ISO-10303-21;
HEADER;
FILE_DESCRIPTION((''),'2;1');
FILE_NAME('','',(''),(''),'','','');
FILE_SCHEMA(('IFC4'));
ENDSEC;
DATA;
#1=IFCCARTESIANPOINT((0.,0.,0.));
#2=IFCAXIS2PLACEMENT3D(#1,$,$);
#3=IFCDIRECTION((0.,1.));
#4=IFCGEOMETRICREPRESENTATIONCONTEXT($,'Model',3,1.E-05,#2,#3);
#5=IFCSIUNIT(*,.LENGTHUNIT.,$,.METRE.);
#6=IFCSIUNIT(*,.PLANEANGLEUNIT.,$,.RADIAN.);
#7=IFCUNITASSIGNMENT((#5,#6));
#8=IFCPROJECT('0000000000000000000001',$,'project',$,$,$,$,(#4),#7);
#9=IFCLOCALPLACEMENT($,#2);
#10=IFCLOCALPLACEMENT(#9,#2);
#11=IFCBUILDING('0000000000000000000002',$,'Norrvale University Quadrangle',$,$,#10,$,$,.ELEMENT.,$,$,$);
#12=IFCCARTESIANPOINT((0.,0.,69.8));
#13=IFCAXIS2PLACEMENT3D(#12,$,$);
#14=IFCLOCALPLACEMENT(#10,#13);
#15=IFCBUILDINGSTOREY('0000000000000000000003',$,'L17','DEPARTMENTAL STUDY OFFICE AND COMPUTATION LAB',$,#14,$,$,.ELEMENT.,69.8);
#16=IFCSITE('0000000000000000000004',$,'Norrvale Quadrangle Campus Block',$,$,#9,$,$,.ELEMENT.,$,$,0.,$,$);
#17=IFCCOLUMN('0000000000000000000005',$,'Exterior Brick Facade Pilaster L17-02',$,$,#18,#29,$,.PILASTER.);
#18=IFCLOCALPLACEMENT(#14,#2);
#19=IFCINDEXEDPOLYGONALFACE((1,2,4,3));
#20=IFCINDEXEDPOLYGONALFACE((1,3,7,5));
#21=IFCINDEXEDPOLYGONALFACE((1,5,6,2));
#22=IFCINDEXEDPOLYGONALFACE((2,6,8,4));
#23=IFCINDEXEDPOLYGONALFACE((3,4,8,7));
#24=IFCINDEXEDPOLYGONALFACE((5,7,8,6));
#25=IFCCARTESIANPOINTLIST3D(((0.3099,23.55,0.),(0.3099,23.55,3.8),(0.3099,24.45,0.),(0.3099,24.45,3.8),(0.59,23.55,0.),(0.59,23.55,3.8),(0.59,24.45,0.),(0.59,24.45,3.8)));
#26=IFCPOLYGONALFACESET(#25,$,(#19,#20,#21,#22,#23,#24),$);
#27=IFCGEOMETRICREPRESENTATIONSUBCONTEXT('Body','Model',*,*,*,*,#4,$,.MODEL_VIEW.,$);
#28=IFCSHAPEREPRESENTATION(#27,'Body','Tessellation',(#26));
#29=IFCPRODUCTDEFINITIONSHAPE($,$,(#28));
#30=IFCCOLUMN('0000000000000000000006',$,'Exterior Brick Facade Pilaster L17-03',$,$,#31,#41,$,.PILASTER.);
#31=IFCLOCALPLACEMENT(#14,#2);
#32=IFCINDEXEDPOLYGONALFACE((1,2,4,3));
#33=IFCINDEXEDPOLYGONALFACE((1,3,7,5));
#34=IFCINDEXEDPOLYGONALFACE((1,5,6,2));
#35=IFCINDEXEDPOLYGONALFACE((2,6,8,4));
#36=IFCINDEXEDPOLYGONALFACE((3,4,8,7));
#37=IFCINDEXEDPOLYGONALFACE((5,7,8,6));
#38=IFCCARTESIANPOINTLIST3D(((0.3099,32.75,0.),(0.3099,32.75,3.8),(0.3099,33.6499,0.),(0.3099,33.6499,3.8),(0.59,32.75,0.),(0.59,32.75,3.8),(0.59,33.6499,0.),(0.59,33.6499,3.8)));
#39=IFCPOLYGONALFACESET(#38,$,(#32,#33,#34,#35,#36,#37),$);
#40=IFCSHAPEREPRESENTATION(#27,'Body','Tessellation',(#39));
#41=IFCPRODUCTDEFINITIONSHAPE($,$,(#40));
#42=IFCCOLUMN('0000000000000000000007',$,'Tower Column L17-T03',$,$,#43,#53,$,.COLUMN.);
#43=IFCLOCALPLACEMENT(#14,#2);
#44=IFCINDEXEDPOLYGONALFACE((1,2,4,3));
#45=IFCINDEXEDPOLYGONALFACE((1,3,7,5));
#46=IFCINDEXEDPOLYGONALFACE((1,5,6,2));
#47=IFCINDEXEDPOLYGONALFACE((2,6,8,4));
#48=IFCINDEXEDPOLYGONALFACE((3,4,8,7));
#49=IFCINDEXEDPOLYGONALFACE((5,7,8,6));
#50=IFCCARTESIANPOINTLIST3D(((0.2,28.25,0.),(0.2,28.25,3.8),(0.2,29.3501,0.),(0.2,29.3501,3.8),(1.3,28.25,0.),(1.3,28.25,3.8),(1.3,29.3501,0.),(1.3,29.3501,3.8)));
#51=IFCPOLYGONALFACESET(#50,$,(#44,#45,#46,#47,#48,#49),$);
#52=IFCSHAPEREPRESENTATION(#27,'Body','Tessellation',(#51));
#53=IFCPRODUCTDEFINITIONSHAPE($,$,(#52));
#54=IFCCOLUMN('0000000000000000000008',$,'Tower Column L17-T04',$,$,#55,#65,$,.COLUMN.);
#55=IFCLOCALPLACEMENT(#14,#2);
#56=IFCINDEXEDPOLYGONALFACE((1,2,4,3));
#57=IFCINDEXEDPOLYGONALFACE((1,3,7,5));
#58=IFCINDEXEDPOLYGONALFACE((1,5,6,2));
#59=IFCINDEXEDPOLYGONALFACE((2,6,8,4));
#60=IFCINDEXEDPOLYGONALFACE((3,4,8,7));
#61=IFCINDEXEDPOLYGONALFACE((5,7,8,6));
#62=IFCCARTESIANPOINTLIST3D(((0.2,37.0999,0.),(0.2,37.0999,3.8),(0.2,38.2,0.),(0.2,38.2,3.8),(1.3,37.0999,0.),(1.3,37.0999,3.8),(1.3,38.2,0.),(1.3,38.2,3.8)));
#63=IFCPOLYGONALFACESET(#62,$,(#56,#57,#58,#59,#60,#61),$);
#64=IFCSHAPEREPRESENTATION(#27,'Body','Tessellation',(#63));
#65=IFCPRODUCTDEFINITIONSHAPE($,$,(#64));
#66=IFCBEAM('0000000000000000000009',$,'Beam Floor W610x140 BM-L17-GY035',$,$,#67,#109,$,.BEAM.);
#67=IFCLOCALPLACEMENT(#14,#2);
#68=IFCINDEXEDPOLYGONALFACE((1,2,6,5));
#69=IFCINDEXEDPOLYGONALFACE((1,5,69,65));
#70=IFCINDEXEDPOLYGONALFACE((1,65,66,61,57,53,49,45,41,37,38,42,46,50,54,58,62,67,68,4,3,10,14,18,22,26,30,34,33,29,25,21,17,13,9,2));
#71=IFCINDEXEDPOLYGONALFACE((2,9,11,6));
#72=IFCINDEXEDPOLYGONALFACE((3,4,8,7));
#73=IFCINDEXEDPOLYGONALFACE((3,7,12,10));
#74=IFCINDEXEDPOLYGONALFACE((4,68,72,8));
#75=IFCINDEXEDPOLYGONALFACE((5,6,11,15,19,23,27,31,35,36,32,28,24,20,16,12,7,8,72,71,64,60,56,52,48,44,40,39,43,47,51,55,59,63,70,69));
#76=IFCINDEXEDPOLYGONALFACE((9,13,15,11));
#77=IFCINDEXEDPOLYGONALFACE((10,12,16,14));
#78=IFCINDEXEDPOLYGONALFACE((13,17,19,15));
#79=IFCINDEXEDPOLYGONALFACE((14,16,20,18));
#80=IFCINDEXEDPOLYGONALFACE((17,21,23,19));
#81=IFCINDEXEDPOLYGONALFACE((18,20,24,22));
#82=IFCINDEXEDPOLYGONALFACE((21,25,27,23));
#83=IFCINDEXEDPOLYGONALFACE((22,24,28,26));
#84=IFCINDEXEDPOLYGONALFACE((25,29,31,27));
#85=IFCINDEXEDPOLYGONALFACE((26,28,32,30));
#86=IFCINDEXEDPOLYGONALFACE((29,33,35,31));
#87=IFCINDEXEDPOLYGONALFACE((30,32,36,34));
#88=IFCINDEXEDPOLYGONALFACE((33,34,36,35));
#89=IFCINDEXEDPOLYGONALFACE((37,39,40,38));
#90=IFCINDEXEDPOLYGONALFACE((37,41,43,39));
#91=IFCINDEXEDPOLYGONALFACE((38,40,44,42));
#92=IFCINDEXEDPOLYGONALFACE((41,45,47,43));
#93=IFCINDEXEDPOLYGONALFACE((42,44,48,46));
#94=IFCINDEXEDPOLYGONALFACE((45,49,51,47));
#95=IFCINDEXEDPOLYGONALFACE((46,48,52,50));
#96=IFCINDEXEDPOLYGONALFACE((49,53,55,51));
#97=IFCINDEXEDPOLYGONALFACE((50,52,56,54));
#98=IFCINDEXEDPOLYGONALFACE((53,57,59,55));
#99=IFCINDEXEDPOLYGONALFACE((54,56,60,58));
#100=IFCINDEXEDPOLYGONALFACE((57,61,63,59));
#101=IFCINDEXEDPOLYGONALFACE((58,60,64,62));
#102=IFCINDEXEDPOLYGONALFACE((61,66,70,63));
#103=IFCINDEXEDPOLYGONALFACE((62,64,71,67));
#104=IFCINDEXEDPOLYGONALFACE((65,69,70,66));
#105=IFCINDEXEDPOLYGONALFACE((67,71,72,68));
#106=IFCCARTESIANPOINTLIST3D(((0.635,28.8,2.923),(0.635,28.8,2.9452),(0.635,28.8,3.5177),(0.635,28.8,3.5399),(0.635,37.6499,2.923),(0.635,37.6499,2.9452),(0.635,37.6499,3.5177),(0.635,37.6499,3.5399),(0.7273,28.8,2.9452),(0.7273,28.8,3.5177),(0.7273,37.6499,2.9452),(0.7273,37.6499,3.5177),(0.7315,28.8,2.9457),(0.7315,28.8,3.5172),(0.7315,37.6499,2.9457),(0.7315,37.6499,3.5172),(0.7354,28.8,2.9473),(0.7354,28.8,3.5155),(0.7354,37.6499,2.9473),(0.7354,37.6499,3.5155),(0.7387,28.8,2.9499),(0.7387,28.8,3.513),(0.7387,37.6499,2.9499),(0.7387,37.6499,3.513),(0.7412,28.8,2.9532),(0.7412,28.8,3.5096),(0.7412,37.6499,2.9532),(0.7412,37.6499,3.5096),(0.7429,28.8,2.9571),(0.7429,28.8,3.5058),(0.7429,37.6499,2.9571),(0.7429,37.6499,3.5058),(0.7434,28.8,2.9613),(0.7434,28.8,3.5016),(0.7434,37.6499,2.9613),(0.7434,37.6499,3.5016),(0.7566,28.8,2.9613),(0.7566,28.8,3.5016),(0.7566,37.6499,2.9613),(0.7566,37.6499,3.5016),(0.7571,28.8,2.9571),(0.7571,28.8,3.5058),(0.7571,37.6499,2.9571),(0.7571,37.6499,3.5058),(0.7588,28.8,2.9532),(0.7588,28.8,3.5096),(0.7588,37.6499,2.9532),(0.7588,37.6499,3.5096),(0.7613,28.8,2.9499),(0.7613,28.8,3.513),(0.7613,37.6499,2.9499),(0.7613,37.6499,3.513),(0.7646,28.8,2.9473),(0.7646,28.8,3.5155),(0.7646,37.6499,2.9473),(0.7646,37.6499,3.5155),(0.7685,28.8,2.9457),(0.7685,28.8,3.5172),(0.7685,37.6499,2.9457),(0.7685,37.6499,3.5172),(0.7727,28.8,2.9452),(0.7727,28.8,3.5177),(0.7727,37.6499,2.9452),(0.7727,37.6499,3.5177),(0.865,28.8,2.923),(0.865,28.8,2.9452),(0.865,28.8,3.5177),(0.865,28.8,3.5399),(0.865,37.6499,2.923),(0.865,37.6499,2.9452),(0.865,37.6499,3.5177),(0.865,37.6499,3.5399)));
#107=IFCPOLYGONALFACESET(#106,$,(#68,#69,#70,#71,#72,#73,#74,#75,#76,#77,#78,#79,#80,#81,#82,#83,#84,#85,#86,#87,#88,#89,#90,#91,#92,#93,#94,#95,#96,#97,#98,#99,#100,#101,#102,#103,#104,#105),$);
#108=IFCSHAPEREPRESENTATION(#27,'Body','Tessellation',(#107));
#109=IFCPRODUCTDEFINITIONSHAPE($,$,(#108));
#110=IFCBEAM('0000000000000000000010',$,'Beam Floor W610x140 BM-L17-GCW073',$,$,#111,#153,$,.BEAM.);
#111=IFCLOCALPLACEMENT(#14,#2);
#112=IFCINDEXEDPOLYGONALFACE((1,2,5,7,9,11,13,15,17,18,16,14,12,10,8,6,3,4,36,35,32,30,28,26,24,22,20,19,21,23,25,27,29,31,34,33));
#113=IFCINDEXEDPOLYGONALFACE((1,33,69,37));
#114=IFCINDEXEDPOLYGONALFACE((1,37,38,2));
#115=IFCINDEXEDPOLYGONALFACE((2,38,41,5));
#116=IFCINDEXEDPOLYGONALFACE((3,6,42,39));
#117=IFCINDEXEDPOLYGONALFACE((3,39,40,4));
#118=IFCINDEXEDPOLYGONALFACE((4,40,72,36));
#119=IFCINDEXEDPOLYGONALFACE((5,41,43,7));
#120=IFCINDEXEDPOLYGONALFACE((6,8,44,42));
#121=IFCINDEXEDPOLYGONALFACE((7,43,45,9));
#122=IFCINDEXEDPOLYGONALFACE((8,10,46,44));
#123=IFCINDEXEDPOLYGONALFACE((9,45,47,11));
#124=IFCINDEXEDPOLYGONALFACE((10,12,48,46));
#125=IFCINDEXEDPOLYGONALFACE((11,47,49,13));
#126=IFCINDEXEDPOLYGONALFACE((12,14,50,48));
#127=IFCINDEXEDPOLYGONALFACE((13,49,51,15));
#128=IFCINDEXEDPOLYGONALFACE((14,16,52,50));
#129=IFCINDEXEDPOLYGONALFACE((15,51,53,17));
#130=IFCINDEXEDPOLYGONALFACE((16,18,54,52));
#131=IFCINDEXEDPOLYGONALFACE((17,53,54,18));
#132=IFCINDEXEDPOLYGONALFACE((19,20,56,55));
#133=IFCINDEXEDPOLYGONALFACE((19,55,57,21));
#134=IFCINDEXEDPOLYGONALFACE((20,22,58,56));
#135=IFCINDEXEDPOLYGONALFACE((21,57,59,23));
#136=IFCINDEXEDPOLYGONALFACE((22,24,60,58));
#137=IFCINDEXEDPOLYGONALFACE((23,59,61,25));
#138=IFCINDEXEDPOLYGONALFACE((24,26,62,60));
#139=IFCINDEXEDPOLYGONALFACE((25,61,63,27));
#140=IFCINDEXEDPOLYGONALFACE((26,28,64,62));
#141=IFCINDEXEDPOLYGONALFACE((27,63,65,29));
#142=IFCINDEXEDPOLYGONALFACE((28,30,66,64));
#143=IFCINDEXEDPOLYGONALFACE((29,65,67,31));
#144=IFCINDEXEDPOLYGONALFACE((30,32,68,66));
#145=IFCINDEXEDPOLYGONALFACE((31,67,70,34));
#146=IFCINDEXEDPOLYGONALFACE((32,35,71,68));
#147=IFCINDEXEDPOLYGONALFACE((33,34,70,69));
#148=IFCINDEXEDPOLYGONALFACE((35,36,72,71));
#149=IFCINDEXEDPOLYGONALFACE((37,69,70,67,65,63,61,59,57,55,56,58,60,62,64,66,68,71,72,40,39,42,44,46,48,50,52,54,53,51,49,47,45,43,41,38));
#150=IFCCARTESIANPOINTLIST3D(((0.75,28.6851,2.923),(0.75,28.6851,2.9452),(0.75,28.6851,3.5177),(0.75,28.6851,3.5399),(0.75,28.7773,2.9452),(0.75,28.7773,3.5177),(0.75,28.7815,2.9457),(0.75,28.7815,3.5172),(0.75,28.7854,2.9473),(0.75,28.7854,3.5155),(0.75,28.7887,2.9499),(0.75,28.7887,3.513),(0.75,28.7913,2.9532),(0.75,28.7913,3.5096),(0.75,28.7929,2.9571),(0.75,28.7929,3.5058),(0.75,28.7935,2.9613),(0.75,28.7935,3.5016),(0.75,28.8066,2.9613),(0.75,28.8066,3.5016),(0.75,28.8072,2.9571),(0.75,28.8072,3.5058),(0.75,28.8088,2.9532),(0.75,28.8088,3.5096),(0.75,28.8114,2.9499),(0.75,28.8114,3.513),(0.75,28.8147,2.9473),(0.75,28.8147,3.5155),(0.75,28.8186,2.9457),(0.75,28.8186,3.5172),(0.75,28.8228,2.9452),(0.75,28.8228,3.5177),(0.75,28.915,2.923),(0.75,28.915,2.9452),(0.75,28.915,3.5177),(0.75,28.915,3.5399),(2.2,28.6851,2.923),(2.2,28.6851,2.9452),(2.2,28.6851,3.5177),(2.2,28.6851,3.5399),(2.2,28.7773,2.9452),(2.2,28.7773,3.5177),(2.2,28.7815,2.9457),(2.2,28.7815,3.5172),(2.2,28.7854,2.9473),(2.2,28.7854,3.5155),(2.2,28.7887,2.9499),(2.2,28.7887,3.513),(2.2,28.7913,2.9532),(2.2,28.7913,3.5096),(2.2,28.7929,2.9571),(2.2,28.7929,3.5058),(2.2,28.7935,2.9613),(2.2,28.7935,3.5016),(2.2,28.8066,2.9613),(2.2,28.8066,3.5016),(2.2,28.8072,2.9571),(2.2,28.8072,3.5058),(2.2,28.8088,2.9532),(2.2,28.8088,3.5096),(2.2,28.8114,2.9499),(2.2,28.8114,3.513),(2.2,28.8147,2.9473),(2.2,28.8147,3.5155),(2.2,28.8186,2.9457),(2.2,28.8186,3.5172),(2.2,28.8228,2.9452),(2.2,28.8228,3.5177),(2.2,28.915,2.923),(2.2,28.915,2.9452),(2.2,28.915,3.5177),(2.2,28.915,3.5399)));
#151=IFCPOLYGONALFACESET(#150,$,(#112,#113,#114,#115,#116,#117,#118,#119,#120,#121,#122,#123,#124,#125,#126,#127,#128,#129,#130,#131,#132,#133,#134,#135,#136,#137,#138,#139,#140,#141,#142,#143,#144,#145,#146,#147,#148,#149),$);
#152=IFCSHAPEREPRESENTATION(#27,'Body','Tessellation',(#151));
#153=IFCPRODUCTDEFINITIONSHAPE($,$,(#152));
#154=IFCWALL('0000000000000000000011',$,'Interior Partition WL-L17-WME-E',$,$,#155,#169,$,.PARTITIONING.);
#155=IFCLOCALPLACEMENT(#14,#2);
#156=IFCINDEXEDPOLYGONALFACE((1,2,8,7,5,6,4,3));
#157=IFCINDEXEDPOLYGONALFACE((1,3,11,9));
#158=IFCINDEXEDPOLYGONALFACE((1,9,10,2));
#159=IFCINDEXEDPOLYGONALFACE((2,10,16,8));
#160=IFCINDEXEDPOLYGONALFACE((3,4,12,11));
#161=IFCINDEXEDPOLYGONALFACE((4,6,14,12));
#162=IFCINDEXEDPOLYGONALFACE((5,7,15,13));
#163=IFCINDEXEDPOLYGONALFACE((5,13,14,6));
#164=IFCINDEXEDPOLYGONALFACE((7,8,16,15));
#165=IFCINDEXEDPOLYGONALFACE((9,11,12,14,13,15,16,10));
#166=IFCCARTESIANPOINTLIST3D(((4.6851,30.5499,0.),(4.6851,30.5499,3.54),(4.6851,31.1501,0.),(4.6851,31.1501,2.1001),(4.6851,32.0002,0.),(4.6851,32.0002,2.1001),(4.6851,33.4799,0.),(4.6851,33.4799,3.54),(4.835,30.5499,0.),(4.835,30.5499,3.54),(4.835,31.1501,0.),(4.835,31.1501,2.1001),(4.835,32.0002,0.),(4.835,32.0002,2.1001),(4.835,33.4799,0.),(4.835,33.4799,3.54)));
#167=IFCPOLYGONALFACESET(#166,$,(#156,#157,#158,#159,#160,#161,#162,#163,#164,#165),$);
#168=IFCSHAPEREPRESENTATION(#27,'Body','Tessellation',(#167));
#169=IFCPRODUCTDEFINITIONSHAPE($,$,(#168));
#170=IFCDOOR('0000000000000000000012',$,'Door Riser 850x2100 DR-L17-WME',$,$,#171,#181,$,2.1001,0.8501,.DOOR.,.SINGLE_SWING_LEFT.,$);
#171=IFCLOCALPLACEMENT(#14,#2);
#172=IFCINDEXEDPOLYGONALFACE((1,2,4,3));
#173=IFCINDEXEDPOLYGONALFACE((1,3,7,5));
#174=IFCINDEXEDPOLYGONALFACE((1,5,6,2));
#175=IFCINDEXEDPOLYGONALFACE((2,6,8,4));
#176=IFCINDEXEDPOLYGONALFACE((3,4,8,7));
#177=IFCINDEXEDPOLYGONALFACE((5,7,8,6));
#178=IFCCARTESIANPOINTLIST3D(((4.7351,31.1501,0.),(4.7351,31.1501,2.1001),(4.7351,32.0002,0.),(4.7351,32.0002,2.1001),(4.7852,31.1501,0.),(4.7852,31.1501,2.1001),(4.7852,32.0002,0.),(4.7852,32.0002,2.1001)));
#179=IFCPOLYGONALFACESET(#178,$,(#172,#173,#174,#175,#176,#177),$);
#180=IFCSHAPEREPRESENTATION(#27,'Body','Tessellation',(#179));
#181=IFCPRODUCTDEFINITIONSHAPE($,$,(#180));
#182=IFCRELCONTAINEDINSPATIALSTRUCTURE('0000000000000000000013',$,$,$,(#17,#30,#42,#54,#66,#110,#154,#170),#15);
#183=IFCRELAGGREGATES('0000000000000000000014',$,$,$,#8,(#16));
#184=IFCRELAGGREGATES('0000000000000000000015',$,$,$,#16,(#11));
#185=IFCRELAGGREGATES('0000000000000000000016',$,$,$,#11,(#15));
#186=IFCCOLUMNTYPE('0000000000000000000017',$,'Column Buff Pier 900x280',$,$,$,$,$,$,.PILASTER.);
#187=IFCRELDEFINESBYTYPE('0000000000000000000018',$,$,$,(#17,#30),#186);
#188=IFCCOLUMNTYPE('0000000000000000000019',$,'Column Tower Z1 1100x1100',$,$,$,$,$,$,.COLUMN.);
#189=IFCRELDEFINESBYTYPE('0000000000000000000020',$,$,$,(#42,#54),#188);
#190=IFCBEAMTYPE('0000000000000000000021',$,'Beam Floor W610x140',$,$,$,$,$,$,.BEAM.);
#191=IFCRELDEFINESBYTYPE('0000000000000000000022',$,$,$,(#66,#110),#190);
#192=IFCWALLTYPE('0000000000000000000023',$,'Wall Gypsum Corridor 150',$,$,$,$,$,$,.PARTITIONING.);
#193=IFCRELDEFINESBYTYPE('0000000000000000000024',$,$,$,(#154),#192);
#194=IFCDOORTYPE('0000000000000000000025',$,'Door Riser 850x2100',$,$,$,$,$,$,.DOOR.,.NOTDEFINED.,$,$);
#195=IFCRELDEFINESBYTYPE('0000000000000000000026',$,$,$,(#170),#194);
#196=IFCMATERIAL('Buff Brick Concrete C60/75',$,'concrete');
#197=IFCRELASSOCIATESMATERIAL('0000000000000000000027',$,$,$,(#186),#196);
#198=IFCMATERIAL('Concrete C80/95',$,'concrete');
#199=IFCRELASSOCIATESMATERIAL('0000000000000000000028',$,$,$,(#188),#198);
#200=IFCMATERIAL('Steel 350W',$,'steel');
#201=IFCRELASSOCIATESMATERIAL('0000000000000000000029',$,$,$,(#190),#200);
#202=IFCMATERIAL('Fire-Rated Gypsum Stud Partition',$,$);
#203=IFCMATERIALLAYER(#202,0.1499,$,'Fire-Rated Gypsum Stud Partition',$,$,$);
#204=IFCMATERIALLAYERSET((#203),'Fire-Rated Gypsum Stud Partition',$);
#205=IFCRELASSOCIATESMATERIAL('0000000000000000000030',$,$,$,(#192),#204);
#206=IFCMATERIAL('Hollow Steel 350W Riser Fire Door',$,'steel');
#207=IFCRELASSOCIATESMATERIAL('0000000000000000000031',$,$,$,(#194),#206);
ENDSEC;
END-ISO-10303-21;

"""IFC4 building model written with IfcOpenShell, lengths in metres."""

from ifc_helpers import new_model, si_unit, direction, frame, frame_2d, origin, origin_2d, place, context, subcontext, project, spatial, rectangle, i_section, extrude, material, layer, layer_set, material_profile, profile_set, type_object, element, fill, save


model = new_model("IFC4")

# Units and contexts
model_context = context("Model", 3, precision=1e-05, world=origin(), true_north=direction((0.0, 1.0)))
body_context = subcontext(model_context, "Body", "Model", "MODEL_VIEW")
ifc_project = project(units=[si_unit("LENGTHUNIT", "METRE"), si_unit("PLANEANGLEUNIT", "RADIAN")], contexts=[model_context])

# Site, building, storey
site_placement = place(None, origin())
site = spatial("IfcSite", under=ifc_project, at=site_placement, Name="Norrvale Quadrangle Campus Block", CompositionType="ELEMENT", RefElevation=0.0)
building_placement = place(site_placement, origin())
building = spatial("IfcBuilding", under=site, at=building_placement, Name="Norrvale University Quadrangle", CompositionType="ELEMENT")
storey_placement = place(building_placement, frame((0.0, 0.0, 69.8)))
storey = spatial("IfcBuildingStorey", under=building, at=storey_placement, Name="L17", Description="DEPARTMENTAL STUDY OFFICE AND COMPUTATION LAB", CompositionType="ELEMENT", Elevation=69.8)

# Columns
ifc_material_1 = material(Name="Buff Brick Concrete C60/75", Category="concrete")
ifc_material_profile_1 = material_profile(ifc_material_1, rectangle(XDim=0.8999, YDim=0.28, at=origin_2d()), Name="Buff Brick Concrete C60/75")
ifc_profile_set_1 = profile_set([ifc_material_profile_1], Name="Buff Brick Concrete C60/75")
column_type_1 = type_object("IfcColumnType", Name="Column Buff Pier 900x280", PredefinedType="PILASTER", material=ifc_profile_set_1)
for number, where, z_axis, x_axis, name in (
    (1, (0.45, 24.0, 0.0), (0.0, 0.0, 1.0), (0.0, 1.0, 0.0), "Exterior Brick Facade Pilaster L17-02"),
    (2, (0.45, 33.2, 0.0), (0.0, 0.0, 1.0), (0.0, 1.0, 0.0), "Exterior Brick Facade Pilaster L17-03"),
):
    element("IfcColumn", number, at=place(storey_placement, frame(where, z_axis=z_axis, x_axis=x_axis)), inside=storey, type_object=column_type_1, Name=name, PredefinedType="PILASTER", context=body_context, shape_type="SweptSolid", body=[
        extrude(rectangle(XDim=0.8999, YDim=0.28, at=origin_2d()), origin(), (0.0, 0.0, 1.0), 3.8),
    ])
ifc_material_2 = material(Name="Concrete C80/95", Category="concrete")
ifc_material_profile_2 = material_profile(ifc_material_2, rectangle(XDim=1.1001, YDim=1.1001, at=origin_2d()), Name="Concrete C80/95")
ifc_profile_set_2 = profile_set([ifc_material_profile_2], Name="Concrete C80/95")
column_type_2 = type_object("IfcColumnType", Name="Column Tower Z1 1100x1100", PredefinedType="COLUMN", material=ifc_profile_set_2)
for number, where, z_axis, x_axis, name in (
    (3, (0.75, 28.8, 0.0), (0.0, 0.0, 1.0), (1.0, 0.0, 0.0), "Tower Column L17-T03"),
    (4, (0.75, 37.6499, 0.0), (0.0, 0.0, 1.0), (1.0, 0.0, 0.0), "Tower Column L17-T04"),
):
    element("IfcColumn", number, at=place(storey_placement, frame(where, z_axis=z_axis, x_axis=x_axis)), inside=storey, type_object=column_type_2, Name=name, PredefinedType="COLUMN", context=body_context, shape_type="SweptSolid", body=[
        extrude(rectangle(XDim=1.1001, YDim=1.1001, at=origin_2d()), origin(), (0.0, 0.0, 1.0), 3.8),
    ])

# Beams
ifc_material_3 = material(Name="Steel 350W", Category="steel")
ifc_material_profile_3 = material_profile(ifc_material_3, i_section(OverallWidth=0.23, OverallDepth=0.6169, WebThickness=0.0132, FlangeThickness=0.0222, FilletRadius=0.0161, at=origin_2d()), Name="Steel 350W")
ifc_profile_set_3 = profile_set([ifc_material_profile_3], Name="Steel 350W")
beam_type = type_object("IfcBeamType", Name="Beam Floor W610x140", PredefinedType="BEAM", material=ifc_profile_set_3)
beam_1_placement = place(storey_placement, frame((0.75, 28.8, 3.2314), z_axis=(0.0, 1.0, 0.0), x_axis=(-1.0, 0.0, 0.0)))
element("IfcBeam", 5, at=beam_1_placement, inside=storey, type_object=beam_type, Name="Beam Floor W610x140 BM-L17-GY035", PredefinedType="BEAM", context=body_context, shape_type="SweptSolid", body=[
    extrude(i_section(OverallWidth=0.23, OverallDepth=0.6169, WebThickness=0.0132, FlangeThickness=0.0222, FilletRadius=0.0161, at=origin_2d()), origin(), (0.0, 0.0, 1.0), 8.8499),
])
beam_2_placement = place(storey_placement, frame((0.75, 28.8, 3.2314), z_axis=(1.0, 0.0, 0.0), x_axis=(0.0, 1.0, 0.0)))
element("IfcBeam", 6, at=beam_2_placement, inside=storey, type_object=beam_type, Name="Beam Floor W610x140 BM-L17-GCW073", PredefinedType="BEAM", context=body_context, shape_type="SweptSolid", body=[
    extrude(i_section(OverallWidth=0.23, OverallDepth=0.6169, WebThickness=0.0132, FlangeThickness=0.0222, FilletRadius=0.0161, at=origin_2d()), origin(), (0.0, 0.0, 1.0), 1.45),
])

# Wall, opening, door
ifc_material_4 = material(Name="Fire-Rated Gypsum Stud Partition")
ifc_layer_1 = layer(ifc_material_4, 0.1499, Name="Fire-Rated Gypsum Stud Partition")
ifc_layer_set_1 = layer_set([ifc_layer_1], Name="Fire-Rated Gypsum Stud Partition")
wall_type_1 = type_object("IfcWallType", Name="Wall Gypsum Corridor 150", PredefinedType="PARTITIONING", material=ifc_layer_set_1)
wall_1_placement = place(storey_placement, frame((4.76, 30.55, 0.0), z_axis=(0.0, 0.0, 1.0), x_axis=(0.0, 1.0, 0.0)))
wall_1 = element("IfcWall", 7, at=wall_1_placement, inside=storey, type_object=wall_type_1, Name="Interior Partition WL-L17-WME-E", PredefinedType="PARTITIONING", context=body_context, shape_type="SweptSolid", body=[
    extrude(rectangle(XDim=2.9299, YDim=0.1499, at=frame_2d((1.4648, 0.0))), origin(), (0.0, 0.0, 1.0), 3.54),
])
opening_1_placement = place(wall_1_placement, frame((0.6001, 0.0, 0.0)))
opening_1 = element("IfcOpeningElement", 8, at=opening_1_placement, cuts=wall_1, PredefinedType="OPENING", context=body_context, shape_type="SweptSolid", body=[
    extrude(rectangle(XDim=0.8501, YDim=2.1001, at=frame_2d((0.425, 1.05))), frame((0.0, 0.0869, 0.0), z_axis=(0.0, -1.0, 0.0), x_axis=(1.0, 0.0, 0.0)), (0.0, 0.0, 1.0), 0.1738),
])
ifc_material_5 = material(Name="Hollow Steel 350W Riser Fire Door", Category="steel")
door_type_1 = type_object("IfcDoorType", Name="Door Riser 850x2100", OperationType="NOTDEFINED", PredefinedType="DOOR", material=ifc_material_5)
door_1_placement = place(opening_1_placement, origin())
door_1 = element("IfcDoor", 9, at=door_1_placement, inside=storey, type_object=door_type_1, Name="Door Riser 850x2100 DR-L17-WME", OperationType="SINGLE_SWING_LEFT", OverallHeight=2.1001, OverallWidth=0.8501, PredefinedType="DOOR", context=body_context, shape_type="SweptSolid", body=[
    extrude(rectangle(XDim=0.8501, YDim=2.1001, at=frame_2d((0.425, 1.05))), frame((0.0, 0.0249, 0.0), z_axis=(0.0, -1.0, 0.0), x_axis=(1.0, 0.0, 0.0)), (0.0, 0.0, 1.0), 0.05),
])
fill(opening_1, door_1)

save(model, "model.ifc")
